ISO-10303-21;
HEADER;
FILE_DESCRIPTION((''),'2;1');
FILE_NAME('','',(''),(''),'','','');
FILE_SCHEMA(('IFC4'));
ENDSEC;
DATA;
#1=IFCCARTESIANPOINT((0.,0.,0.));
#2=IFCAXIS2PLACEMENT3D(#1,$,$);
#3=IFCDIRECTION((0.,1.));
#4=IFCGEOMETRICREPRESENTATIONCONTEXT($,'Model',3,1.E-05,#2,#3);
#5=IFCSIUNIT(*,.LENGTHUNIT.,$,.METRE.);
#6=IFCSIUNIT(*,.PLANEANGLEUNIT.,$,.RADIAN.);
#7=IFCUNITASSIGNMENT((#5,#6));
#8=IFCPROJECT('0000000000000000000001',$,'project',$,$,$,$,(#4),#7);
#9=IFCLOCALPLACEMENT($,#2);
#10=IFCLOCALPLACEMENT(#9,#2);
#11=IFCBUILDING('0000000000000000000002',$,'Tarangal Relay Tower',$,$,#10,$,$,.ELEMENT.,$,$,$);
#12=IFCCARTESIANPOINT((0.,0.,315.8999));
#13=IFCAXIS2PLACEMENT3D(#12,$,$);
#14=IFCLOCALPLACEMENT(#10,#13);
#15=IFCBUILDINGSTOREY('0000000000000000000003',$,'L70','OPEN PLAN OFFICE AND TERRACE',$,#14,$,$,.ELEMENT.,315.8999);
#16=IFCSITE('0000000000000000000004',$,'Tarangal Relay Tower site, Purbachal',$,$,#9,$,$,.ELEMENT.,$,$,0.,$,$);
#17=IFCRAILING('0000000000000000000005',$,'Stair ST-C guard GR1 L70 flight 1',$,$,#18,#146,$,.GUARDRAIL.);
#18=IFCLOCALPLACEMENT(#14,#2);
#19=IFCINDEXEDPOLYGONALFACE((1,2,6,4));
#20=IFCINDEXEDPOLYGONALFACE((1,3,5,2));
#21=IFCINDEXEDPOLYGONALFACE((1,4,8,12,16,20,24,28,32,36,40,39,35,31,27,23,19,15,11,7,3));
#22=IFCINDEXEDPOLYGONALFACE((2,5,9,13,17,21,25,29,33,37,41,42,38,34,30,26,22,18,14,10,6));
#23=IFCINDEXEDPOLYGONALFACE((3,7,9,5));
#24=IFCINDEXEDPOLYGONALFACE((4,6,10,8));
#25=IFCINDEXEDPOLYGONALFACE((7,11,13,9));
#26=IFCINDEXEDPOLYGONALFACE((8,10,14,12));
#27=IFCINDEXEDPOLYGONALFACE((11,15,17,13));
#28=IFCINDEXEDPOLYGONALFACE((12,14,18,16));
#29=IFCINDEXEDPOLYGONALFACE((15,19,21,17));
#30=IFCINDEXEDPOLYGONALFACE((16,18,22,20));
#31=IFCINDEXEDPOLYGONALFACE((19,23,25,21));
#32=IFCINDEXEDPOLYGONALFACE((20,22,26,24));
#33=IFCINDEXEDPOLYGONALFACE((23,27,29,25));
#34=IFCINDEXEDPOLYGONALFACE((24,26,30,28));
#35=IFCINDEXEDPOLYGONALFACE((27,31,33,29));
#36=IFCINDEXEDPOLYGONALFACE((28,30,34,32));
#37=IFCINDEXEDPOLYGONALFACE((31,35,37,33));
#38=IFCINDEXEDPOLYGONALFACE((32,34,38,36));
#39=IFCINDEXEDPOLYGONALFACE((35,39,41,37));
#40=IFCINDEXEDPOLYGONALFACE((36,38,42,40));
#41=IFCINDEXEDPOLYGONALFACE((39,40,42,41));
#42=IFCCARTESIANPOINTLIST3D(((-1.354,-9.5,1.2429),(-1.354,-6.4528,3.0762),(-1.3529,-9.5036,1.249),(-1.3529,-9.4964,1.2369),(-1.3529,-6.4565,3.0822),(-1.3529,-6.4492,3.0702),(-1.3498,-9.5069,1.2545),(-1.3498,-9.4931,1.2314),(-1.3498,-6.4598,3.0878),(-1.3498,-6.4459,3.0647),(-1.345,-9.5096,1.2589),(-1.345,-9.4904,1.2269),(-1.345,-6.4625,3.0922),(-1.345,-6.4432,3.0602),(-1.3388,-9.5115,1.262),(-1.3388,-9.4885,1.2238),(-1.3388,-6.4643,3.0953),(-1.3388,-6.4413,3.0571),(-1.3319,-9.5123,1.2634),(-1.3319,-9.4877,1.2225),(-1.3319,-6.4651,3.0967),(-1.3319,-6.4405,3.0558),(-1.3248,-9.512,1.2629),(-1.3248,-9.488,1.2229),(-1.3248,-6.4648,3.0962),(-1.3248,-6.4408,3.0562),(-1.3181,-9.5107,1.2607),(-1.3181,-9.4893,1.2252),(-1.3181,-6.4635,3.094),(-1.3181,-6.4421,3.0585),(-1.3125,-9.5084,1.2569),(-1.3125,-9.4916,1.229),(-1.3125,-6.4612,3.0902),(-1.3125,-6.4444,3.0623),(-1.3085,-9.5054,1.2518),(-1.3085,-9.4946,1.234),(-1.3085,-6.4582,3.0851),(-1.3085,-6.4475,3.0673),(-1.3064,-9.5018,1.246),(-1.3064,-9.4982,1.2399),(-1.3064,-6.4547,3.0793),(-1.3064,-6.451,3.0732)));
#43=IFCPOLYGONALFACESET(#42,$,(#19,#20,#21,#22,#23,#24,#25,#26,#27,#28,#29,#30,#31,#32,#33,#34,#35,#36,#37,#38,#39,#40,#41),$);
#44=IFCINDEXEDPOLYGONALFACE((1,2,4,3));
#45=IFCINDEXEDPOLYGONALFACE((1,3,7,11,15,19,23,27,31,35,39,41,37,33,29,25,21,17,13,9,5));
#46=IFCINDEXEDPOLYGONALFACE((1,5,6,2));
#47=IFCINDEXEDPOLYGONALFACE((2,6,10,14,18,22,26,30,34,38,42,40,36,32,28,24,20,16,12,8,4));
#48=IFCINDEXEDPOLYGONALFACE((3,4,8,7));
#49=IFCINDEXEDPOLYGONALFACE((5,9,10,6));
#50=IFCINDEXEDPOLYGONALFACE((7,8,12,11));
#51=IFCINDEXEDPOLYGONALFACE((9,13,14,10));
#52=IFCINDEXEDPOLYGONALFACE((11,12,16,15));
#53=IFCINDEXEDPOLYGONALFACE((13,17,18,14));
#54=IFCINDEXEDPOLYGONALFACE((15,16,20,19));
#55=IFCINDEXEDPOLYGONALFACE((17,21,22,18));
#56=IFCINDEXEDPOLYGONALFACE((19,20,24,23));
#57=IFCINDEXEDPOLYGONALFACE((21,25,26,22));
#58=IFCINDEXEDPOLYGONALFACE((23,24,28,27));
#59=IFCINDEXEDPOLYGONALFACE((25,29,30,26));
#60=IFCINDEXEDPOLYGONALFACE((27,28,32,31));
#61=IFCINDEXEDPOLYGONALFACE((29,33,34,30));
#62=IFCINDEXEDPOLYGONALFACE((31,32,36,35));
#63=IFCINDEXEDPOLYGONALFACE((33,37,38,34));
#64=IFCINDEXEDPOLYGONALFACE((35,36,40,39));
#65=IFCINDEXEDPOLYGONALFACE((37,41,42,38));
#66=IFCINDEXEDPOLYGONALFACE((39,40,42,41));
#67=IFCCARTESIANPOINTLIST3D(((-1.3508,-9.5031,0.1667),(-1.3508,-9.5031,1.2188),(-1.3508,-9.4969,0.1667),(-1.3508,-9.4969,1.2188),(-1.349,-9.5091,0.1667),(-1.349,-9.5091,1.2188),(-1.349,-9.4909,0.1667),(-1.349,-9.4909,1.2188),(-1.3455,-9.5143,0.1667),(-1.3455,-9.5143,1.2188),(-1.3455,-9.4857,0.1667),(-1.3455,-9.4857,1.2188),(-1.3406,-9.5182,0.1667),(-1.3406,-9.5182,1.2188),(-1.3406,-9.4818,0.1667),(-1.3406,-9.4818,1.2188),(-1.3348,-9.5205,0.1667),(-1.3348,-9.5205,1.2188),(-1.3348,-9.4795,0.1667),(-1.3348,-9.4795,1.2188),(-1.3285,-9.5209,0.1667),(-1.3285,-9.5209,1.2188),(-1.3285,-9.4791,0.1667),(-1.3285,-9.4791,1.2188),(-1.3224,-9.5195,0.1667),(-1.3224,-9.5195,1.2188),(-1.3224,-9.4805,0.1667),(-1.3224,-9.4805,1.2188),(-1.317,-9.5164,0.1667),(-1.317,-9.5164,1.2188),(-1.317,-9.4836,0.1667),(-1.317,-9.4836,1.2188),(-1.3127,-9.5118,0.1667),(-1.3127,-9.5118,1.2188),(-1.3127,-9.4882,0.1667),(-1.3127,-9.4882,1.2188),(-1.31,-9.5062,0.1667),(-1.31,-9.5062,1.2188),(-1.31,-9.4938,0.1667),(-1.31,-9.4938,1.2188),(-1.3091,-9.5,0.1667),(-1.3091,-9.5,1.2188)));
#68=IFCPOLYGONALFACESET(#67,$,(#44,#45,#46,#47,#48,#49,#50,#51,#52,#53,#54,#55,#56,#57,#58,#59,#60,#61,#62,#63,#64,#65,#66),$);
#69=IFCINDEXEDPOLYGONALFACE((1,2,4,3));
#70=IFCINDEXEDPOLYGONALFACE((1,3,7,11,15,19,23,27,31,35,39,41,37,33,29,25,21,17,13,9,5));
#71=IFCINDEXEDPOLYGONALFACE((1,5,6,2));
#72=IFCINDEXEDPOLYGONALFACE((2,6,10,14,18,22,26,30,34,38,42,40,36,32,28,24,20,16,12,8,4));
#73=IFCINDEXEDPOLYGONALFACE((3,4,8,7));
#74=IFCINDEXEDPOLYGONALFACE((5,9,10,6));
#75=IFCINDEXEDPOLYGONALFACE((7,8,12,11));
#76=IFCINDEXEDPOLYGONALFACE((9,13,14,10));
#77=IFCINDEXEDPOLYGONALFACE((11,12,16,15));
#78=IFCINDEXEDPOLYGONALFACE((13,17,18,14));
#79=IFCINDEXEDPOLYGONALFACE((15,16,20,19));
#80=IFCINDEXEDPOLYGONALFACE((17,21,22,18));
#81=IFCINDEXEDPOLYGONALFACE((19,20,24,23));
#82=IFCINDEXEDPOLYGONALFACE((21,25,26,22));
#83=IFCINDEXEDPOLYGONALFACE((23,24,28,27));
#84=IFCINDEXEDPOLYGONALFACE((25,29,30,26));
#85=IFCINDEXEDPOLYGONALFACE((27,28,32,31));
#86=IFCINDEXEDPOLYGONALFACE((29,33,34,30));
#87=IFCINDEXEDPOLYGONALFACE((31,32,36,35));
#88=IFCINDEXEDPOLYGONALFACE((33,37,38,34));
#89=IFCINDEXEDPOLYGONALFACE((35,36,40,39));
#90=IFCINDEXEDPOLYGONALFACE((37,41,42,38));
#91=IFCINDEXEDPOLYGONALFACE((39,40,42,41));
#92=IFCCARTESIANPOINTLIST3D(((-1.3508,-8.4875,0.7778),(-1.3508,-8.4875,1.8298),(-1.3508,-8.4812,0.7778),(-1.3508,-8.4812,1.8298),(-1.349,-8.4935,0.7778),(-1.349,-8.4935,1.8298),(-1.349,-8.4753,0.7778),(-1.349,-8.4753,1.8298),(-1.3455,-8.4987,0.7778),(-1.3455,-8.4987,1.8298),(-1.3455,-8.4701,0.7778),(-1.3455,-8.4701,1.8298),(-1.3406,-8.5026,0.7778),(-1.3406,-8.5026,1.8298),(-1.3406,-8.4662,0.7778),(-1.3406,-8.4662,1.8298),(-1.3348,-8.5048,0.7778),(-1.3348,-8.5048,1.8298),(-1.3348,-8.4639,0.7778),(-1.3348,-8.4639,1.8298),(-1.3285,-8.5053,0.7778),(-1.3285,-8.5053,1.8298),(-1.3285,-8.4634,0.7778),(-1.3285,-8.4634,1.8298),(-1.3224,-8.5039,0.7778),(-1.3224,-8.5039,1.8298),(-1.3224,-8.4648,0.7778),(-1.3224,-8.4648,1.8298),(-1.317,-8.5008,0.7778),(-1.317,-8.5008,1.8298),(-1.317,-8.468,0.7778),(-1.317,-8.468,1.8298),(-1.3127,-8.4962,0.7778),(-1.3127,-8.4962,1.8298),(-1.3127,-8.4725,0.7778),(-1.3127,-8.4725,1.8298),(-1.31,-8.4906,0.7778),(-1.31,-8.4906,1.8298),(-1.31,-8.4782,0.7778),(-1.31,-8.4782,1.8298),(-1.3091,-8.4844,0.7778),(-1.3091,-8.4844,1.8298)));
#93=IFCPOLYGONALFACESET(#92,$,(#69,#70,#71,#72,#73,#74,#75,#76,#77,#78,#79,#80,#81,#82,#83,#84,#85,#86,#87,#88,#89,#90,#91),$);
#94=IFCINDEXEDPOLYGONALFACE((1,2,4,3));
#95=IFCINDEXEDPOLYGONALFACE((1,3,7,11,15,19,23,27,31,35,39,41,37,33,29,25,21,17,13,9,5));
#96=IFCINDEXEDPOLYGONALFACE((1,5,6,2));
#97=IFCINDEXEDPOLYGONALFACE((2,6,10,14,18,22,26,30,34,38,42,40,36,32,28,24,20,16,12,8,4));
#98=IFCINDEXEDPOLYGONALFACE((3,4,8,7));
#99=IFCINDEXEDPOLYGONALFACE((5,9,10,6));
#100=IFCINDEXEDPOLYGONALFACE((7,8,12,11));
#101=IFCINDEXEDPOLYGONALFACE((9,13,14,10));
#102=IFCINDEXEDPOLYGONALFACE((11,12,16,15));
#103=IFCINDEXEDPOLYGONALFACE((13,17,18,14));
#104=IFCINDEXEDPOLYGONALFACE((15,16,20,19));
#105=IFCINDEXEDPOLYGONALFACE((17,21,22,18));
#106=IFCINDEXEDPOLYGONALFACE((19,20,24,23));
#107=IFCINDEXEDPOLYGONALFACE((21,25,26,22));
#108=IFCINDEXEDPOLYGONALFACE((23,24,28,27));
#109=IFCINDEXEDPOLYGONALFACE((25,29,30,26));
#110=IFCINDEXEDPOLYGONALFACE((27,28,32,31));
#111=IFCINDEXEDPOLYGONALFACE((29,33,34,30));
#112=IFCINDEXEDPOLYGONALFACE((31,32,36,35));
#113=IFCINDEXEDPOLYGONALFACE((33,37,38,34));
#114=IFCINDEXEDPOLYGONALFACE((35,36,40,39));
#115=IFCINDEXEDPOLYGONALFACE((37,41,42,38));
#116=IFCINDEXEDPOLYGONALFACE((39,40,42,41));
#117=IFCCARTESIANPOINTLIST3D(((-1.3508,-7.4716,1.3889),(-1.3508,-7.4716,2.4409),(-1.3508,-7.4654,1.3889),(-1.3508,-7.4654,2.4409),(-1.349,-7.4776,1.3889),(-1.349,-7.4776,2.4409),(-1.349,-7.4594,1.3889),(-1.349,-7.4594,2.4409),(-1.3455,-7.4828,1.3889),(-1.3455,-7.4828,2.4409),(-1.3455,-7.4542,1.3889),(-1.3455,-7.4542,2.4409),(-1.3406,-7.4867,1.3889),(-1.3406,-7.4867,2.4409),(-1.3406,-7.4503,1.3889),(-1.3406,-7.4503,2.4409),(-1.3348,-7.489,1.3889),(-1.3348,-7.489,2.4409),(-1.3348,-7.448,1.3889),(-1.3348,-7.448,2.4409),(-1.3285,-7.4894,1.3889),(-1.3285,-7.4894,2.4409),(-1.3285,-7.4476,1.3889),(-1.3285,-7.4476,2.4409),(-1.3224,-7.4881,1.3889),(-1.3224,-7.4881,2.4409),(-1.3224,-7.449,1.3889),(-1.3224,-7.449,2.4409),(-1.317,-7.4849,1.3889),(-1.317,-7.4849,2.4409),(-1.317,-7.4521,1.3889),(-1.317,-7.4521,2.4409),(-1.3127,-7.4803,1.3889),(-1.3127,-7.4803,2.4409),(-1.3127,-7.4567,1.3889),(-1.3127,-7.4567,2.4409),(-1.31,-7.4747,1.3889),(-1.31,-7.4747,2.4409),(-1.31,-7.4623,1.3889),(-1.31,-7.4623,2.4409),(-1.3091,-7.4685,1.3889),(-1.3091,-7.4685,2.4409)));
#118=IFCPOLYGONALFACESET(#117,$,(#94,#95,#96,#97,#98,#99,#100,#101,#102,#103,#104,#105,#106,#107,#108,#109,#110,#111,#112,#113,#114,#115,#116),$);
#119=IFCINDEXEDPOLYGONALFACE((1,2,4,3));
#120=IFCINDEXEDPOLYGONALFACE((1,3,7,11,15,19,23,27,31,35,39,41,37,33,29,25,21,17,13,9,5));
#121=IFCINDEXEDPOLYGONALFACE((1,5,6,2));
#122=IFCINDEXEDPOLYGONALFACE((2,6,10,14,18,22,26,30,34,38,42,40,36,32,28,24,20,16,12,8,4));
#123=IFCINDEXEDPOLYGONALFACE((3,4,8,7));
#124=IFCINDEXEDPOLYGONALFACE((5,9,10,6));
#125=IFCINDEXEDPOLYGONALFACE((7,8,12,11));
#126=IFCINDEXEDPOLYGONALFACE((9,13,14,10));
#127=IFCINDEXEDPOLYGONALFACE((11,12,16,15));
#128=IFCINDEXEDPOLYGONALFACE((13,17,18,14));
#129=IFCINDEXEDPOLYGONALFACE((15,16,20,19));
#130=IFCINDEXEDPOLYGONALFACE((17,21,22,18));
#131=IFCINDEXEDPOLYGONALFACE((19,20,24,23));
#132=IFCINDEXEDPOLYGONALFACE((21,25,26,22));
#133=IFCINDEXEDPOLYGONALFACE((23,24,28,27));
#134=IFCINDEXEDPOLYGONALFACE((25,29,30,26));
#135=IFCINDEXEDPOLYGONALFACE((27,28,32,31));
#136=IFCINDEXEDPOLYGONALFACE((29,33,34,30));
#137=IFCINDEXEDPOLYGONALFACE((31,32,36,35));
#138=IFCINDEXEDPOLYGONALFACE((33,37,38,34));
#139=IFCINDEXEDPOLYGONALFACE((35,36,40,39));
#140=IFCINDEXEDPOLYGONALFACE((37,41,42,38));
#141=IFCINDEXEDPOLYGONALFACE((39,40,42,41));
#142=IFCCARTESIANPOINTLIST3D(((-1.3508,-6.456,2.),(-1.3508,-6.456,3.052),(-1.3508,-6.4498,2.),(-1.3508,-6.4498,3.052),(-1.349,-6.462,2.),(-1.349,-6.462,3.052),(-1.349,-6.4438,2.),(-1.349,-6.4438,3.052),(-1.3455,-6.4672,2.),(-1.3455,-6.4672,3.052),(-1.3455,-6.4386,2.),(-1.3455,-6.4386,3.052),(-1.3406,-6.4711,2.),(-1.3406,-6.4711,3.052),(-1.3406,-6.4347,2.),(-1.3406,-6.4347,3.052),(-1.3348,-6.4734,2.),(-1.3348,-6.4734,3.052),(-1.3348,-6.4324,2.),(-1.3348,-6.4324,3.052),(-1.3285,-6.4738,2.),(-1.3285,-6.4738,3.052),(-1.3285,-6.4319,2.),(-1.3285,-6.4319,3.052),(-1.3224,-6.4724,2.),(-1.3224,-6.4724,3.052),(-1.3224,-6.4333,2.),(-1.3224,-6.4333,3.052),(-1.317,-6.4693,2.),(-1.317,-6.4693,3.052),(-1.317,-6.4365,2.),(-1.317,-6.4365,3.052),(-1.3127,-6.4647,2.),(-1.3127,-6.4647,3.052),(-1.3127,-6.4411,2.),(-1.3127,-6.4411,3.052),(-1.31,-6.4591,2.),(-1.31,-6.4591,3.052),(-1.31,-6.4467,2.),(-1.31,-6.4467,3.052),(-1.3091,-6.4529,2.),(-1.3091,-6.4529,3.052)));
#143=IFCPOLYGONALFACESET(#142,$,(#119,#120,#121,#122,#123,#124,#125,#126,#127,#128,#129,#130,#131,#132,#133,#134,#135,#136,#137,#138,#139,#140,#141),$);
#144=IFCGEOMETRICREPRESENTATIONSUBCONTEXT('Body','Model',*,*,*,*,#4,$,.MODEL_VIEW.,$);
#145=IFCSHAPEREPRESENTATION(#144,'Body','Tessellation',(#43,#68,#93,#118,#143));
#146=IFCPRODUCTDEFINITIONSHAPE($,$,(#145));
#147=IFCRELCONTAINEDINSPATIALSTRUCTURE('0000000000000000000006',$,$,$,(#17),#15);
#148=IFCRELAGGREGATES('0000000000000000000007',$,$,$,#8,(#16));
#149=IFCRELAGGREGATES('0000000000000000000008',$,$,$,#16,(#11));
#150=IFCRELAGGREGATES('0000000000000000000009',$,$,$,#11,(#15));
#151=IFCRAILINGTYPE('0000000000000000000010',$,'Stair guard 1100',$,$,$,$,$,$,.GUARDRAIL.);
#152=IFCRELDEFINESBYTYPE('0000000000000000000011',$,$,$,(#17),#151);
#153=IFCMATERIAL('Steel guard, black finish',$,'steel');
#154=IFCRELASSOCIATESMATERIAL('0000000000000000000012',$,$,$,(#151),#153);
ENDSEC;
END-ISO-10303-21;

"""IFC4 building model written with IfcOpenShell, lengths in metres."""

from ifc_helpers import new_model, si_unit, direction, frame, origin, origin_2d, place, context, subcontext, project, spatial, circle, extrude, material, type_object, element, save


model = new_model("IFC4")

# Units and contexts
model_context = context("Model", 3, precision=1e-05, world=origin(), true_north=direction((0.0, 1.0)))
body_context = subcontext(model_context, "Body", "Model", "MODEL_VIEW")
ifc_project = project(units=[si_unit("LENGTHUNIT", "METRE"), si_unit("PLANEANGLEUNIT", "RADIAN")], contexts=[model_context])

# Site, building, storey
site_placement = place(None, origin())
site = spatial("IfcSite", under=ifc_project, at=site_placement, Name="Tarangal Relay Tower site, Purbachal", CompositionType="ELEMENT", RefElevation=0.0)
building_placement = place(site_placement, origin())
building = spatial("IfcBuilding", under=site, at=building_placement, Name="Tarangal Relay Tower", CompositionType="ELEMENT")
storey_placement = place(building_placement, frame((0.0, 0.0, 315.8999)))
storey = spatial("IfcBuildingStorey", under=building, at=storey_placement, Name="L70", Description="OPEN PLAN OFFICE AND TERRACE", CompositionType="ELEMENT", Elevation=315.8999)

# Railing
ifc_material_1 = material(Name="Steel guard, black finish", Category="steel")
railing_type_1 = type_object("IfcRailingType", Name="Stair guard 1100", PredefinedType="GUARDRAIL", material=ifc_material_1)
railing_1_placement = place(storey_placement, frame((-1.3301, -9.5, 0.1667)))
element("IfcRailing", 1, at=railing_1_placement, inside=storey, type_object=railing_type_1, Name="Stair ST-C guard GR1 L70 flight 1", PredefinedType="GUARDRAIL", context=body_context, shape_type="SweptSolid", body=[
    extrude(circle(Radius=0.0239, at=origin_2d()), frame((0.0, 0.0, 1.0762), z_axis=(0.0, 0.856874, 0.515525), x_axis=(-1.0, 0.0, 0.0)), (0.0, 0.0, 1.0), 3.5562),
    extrude(circle(Radius=0.021, at=origin_2d()), origin(), (0.0, 0.0, 1.0), 1.052),
    extrude(circle(Radius=0.021, at=origin_2d()), frame((0.0, 1.0156, 0.6111)), (0.0, 0.0, 1.0), 1.052),
    extrude(circle(Radius=0.021, at=origin_2d()), frame((0.0, 2.0315, 1.2222)), (0.0, 0.0, 1.0), 1.052),
    extrude(circle(Radius=0.021, at=origin_2d()), frame((0.0, 3.0471, 1.8333)), (0.0, 0.0, 1.0), 1.052),
])

save(model, "model.ifc")
